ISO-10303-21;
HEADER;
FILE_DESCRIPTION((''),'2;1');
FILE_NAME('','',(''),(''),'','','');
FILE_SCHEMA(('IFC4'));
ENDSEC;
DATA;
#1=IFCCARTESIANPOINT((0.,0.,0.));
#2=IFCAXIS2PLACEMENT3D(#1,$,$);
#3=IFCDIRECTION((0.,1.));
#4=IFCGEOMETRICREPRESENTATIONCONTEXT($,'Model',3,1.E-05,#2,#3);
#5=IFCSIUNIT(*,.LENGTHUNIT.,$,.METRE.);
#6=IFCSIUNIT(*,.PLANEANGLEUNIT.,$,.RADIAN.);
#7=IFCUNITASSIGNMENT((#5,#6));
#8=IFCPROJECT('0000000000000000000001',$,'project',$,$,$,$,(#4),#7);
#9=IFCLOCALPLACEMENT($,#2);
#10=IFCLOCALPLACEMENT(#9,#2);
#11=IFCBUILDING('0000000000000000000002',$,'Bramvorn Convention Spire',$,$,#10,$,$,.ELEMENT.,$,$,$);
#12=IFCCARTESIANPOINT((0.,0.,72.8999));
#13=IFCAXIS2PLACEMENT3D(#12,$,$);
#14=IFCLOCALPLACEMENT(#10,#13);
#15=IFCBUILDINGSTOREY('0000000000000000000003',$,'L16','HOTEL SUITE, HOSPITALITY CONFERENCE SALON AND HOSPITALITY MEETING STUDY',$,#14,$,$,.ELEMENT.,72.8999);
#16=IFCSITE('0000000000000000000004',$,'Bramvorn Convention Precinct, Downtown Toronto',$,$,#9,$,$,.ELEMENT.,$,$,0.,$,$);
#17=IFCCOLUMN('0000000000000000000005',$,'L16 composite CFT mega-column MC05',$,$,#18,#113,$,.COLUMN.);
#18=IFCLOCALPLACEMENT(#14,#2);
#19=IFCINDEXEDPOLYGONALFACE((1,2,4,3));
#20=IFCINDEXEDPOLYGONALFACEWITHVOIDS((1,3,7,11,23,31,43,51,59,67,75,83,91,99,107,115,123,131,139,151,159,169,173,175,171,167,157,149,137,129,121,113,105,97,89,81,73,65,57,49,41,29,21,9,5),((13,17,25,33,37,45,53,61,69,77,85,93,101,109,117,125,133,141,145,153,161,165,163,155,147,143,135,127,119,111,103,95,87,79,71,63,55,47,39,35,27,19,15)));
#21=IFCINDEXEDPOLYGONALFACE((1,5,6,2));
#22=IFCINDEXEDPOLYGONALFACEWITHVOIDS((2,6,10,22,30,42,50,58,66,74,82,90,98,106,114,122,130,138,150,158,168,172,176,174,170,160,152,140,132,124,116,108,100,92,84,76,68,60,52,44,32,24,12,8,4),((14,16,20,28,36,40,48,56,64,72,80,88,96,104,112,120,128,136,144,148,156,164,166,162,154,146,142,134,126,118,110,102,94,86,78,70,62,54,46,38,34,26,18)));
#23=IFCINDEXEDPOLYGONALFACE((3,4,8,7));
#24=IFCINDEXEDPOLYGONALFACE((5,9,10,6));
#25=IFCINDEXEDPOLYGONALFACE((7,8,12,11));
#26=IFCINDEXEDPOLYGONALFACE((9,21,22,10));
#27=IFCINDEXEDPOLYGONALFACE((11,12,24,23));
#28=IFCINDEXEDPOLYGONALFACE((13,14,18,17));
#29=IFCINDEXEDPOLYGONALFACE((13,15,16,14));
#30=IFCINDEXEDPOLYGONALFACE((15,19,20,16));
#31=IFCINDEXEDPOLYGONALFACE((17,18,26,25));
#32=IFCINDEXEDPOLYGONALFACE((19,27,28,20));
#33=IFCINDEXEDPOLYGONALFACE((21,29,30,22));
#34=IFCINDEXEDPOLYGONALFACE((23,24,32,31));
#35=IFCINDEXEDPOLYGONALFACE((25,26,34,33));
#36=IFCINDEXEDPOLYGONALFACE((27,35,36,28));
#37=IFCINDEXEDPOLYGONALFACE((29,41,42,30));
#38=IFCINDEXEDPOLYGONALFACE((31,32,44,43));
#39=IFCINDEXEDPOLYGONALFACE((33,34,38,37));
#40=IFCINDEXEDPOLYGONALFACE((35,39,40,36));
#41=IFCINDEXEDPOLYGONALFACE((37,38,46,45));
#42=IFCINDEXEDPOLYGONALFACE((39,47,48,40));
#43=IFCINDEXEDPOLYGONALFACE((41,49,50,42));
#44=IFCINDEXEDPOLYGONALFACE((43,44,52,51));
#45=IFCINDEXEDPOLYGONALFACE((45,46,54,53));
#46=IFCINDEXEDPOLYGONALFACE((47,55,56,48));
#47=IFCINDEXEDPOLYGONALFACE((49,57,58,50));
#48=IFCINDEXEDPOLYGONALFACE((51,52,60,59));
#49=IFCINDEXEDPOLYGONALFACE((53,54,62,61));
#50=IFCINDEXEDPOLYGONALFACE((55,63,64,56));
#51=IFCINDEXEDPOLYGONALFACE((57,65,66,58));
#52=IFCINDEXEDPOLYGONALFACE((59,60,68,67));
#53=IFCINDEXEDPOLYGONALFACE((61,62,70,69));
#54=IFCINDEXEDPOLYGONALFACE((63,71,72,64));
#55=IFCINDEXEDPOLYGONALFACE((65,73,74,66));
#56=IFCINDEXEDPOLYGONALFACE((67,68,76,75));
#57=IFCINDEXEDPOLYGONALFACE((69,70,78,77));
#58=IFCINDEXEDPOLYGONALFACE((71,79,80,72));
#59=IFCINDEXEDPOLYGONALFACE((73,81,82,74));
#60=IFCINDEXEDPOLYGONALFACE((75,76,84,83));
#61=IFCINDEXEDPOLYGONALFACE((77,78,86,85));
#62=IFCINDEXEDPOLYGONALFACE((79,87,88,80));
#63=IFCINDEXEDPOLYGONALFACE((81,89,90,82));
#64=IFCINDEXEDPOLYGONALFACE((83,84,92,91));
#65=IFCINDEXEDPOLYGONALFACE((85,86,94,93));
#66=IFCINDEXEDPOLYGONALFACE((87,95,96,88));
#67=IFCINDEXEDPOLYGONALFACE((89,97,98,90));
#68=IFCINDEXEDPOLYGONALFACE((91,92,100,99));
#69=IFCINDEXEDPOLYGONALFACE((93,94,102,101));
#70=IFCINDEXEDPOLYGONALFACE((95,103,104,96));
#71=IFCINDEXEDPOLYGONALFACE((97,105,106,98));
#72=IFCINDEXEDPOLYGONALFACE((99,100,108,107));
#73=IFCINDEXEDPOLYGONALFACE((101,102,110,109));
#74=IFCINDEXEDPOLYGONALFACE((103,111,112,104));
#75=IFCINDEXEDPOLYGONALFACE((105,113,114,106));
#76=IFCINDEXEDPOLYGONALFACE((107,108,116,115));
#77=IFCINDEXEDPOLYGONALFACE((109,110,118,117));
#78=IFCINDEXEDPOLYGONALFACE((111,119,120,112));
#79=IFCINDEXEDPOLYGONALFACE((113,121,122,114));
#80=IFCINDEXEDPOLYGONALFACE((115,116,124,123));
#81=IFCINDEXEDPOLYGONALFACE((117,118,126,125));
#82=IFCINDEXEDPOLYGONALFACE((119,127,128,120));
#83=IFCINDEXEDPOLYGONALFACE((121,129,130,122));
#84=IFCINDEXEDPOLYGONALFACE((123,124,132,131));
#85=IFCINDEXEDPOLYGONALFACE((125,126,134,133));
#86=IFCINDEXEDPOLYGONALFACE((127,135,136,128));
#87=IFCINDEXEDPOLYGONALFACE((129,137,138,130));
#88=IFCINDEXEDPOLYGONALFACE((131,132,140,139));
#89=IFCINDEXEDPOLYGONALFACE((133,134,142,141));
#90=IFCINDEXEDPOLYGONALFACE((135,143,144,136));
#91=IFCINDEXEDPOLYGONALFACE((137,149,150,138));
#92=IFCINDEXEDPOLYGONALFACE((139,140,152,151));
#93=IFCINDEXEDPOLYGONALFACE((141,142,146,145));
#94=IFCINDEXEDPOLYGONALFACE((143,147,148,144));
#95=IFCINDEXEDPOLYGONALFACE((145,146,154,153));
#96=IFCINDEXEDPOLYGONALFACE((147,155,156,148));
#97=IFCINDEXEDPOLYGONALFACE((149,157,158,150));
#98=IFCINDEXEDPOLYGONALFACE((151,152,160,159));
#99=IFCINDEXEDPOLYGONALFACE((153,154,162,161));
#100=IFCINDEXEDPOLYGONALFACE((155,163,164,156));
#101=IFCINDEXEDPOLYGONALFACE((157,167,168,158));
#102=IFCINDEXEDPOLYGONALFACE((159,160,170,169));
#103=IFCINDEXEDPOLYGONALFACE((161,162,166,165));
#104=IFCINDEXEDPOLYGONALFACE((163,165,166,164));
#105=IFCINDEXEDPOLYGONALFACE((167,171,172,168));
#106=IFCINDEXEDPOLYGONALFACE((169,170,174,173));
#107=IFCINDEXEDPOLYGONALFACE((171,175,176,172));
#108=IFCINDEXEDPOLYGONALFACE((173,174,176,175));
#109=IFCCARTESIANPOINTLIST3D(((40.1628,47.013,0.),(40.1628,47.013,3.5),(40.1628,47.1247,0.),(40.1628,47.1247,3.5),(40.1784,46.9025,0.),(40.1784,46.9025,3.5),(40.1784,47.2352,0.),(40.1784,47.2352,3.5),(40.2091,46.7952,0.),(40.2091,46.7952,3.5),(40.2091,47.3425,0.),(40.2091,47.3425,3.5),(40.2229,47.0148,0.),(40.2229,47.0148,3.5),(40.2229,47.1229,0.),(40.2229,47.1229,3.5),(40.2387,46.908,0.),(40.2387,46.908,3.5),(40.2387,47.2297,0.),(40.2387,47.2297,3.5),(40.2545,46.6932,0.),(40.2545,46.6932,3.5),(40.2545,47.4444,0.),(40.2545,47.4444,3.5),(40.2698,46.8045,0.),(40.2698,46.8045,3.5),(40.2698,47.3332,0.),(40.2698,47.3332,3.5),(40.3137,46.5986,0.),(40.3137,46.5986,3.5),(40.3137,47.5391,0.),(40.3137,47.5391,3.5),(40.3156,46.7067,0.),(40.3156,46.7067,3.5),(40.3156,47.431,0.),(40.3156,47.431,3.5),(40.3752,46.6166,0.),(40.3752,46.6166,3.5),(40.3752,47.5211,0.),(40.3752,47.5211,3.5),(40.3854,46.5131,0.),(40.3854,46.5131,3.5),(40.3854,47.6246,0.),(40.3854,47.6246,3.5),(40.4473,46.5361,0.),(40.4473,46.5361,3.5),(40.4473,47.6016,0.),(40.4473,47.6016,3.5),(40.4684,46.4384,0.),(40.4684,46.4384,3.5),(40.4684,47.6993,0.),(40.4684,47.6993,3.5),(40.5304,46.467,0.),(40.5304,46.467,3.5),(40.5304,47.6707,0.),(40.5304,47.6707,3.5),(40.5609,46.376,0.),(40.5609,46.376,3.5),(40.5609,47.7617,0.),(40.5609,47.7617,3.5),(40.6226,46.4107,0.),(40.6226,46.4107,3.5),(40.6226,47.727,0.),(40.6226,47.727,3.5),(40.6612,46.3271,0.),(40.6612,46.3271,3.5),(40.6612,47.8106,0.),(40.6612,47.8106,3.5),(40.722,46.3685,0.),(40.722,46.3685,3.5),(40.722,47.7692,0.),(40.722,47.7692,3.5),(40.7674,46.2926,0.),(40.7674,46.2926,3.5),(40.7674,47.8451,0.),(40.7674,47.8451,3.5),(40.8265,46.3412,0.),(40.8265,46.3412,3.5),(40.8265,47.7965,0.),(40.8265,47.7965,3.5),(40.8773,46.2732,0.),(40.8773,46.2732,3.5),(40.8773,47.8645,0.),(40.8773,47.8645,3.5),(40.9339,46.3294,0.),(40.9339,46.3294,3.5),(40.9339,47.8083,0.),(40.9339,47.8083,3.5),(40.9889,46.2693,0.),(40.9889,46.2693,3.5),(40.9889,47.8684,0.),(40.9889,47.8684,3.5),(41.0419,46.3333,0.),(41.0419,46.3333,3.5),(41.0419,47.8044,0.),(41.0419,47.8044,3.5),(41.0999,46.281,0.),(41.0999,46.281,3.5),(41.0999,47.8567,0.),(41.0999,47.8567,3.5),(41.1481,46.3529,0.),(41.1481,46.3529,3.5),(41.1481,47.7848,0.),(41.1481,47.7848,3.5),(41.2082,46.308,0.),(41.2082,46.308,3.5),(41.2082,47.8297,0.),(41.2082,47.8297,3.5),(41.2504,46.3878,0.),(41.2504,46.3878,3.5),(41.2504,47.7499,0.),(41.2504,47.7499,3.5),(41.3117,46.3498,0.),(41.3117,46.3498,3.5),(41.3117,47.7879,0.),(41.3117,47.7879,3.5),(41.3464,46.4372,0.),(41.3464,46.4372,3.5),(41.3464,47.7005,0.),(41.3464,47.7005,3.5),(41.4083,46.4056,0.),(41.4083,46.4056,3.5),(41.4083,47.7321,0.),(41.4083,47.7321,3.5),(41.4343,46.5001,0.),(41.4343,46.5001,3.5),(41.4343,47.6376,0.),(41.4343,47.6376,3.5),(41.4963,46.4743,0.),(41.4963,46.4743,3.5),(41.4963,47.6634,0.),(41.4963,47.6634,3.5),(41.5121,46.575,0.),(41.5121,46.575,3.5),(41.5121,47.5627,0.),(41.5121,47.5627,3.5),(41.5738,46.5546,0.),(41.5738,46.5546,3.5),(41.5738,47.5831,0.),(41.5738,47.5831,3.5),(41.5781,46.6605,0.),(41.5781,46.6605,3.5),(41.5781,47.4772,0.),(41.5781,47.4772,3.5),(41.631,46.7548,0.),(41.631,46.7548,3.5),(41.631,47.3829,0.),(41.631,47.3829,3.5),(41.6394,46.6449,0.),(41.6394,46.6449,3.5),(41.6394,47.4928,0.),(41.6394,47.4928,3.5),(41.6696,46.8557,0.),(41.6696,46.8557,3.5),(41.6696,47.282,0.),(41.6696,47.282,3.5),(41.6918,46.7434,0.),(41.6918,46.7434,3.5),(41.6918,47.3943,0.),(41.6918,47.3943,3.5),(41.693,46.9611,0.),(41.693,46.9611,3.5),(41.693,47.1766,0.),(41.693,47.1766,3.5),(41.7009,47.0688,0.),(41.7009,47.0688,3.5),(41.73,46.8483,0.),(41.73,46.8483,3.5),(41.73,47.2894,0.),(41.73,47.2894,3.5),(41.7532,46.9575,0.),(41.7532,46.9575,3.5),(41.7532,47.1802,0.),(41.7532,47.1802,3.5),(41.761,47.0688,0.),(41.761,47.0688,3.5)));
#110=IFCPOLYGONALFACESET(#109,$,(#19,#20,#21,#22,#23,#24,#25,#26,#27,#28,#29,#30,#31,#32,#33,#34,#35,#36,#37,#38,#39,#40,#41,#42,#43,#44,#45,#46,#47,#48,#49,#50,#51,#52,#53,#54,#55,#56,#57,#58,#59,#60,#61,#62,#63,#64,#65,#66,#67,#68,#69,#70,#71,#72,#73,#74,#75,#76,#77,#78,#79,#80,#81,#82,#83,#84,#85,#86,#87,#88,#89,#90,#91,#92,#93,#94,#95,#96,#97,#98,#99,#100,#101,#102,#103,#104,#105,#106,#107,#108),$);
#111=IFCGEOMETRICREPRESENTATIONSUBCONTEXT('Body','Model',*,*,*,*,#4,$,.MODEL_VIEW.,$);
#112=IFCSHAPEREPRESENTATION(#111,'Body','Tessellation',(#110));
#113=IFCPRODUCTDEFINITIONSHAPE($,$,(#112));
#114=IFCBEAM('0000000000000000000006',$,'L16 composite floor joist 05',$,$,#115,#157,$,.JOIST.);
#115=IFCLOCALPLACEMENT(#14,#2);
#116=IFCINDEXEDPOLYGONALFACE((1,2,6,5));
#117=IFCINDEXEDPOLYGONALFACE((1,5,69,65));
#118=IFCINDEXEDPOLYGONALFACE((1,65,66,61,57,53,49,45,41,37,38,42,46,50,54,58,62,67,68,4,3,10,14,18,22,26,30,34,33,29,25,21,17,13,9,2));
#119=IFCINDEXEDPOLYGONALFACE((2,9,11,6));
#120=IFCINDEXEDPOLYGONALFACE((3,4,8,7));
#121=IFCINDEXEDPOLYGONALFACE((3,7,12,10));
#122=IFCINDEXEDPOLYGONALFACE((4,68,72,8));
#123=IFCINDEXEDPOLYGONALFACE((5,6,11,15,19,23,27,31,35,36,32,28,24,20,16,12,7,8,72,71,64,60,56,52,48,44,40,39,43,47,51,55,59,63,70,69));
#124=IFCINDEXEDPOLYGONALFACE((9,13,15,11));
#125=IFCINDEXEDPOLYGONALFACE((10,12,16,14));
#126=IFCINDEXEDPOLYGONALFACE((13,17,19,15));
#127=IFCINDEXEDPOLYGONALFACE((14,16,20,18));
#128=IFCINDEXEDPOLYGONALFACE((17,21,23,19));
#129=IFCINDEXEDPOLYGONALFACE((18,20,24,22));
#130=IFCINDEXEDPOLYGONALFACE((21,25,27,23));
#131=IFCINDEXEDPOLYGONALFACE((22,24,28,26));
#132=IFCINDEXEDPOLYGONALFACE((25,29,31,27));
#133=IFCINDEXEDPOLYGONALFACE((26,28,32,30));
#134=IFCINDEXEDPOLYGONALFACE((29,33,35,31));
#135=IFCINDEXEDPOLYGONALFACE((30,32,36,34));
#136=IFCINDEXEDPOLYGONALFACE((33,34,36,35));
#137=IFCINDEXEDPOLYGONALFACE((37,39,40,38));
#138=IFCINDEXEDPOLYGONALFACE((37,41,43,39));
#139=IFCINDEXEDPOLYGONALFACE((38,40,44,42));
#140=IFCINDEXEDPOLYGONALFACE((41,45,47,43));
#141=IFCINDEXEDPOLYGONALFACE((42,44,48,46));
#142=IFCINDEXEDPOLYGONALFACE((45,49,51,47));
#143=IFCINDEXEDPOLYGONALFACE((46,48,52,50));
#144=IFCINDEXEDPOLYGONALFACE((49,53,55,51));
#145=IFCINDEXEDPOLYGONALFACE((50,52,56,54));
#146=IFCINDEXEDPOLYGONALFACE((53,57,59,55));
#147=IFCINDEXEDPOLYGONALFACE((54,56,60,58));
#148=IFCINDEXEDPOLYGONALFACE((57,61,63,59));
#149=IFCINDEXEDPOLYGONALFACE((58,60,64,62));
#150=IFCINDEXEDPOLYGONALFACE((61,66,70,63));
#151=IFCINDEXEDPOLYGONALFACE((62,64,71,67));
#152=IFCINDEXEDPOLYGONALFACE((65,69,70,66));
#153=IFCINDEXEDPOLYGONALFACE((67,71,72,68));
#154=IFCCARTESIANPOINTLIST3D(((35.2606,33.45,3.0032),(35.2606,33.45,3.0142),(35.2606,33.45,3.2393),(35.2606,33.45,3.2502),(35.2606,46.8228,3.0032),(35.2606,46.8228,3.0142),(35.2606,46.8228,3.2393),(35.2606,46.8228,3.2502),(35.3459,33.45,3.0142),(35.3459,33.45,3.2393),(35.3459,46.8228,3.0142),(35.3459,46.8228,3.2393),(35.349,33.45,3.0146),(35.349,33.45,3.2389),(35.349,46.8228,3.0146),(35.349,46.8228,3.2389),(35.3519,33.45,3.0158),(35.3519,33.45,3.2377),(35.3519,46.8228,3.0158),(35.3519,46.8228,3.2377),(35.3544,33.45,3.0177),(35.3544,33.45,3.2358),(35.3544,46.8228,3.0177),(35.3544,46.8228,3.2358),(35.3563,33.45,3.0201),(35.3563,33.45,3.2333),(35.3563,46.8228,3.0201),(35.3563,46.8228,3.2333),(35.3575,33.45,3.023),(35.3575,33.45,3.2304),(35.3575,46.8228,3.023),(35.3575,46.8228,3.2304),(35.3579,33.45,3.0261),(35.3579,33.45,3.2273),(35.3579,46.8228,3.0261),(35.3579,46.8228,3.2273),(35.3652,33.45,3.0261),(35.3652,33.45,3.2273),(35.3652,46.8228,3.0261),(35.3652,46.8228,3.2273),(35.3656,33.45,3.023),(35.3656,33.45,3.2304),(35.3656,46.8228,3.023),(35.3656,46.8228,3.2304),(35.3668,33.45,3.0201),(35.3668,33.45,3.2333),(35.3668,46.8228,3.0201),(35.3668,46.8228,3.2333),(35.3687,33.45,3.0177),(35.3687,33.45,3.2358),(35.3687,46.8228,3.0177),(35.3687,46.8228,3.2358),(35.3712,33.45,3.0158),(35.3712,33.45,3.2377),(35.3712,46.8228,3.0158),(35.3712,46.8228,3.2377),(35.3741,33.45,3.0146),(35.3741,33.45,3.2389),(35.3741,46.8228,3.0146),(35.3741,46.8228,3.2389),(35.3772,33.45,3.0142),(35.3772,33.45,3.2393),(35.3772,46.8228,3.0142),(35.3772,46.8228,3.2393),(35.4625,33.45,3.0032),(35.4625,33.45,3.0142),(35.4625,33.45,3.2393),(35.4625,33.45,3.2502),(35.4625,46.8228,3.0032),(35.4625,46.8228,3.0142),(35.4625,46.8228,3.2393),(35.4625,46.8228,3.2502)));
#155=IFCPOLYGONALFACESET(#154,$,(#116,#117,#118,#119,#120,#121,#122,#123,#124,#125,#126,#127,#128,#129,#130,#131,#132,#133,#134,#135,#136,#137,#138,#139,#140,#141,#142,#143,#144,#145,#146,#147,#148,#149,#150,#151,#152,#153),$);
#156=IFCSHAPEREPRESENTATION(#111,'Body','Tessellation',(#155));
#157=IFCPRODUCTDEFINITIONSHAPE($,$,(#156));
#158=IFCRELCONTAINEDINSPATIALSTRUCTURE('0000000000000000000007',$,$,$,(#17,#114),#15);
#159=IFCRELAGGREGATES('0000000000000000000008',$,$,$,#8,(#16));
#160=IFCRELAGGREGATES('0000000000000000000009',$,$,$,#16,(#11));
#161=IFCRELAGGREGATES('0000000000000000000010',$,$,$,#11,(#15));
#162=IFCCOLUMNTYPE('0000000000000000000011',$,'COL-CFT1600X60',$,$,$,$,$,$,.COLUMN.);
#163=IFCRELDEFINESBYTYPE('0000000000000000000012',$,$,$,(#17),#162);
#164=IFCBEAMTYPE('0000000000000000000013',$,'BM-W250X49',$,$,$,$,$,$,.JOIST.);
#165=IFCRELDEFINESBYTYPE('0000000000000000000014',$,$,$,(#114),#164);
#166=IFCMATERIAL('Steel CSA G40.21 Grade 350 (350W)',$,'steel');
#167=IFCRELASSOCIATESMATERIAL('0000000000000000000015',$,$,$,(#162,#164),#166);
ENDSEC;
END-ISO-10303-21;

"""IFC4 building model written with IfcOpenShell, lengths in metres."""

from ifc_helpers import new_model, si_unit, direction, frame, origin, origin_2d, place, context, subcontext, project, spatial, hollow_circle, i_section, extrude, material, material_profile, profile_set, type_object, element, save


model = new_model("IFC4")

# Units and contexts
model_context = context("Model", 3, precision=1e-05, world=origin(), true_north=direction((0.0, 1.0)))
body_context = subcontext(model_context, "Body", "Model", "MODEL_VIEW")
ifc_project = project(units=[si_unit("LENGTHUNIT", "METRE"), si_unit("PLANEANGLEUNIT", "RADIAN")], contexts=[model_context])

# Site, building, storey
site_placement = place(None, origin())
site = spatial("IfcSite", under=ifc_project, at=site_placement, Name="Bramvorn Convention Precinct, Downtown Toronto", CompositionType="ELEMENT", RefElevation=0.0)
building_placement = place(site_placement, origin())
building = spatial("IfcBuilding", under=site, at=building_placement, Name="Bramvorn Convention Spire", CompositionType="ELEMENT")
storey_placement = place(building_placement, frame((0.0, 0.0, 72.8999)))
storey = spatial("IfcBuildingStorey", under=building, at=storey_placement, Name="L16", Description="HOTEL SUITE, HOSPITALITY CONFERENCE SALON AND HOSPITALITY MEETING STUDY", CompositionType="ELEMENT", Elevation=72.8999)

# Column
ifc_material_1 = material(Name="Steel CSA G40.21 Grade 350 (350W)", Category="steel")
ifc_material_profile_1 = material_profile(ifc_material_1, hollow_circle(Radius=0.8, WallThickness=0.0601, at=origin_2d()))
ifc_profile_set_1 = profile_set([ifc_material_profile_1], Name="Steel CSA G40.21 Grade 350 (350W) - CFT1600X60")
column_type = type_object("IfcColumnType", Name="COL-CFT1600X60", PredefinedType="COLUMN", material=ifc_profile_set_1)
column_placement = place(storey_placement, frame((40.9609, 47.0688, 0.0), z_axis=(0.0, 0.0, 1.0), x_axis=(1.0, 0.0, 0.0)))
element("IfcColumn", 1, at=column_placement, inside=storey, type_object=column_type, Name="L16 composite CFT mega-column MC05", PredefinedType="COLUMN", context=body_context, shape_type="SweptSolid", body=[
    extrude(hollow_circle(Radius=0.8, WallThickness=0.0601, at=origin_2d()), origin(), (0.0, 0.0, 1.0), 3.5),
])

# Beam
ifc_material_profile_2 = material_profile(ifc_material_1, i_section(OverallWidth=0.2019, OverallDepth=0.2471, WebThickness=0.0073, FlangeThickness=0.011, FilletRadius=0.012, at=origin_2d()))
ifc_profile_set_2 = profile_set([ifc_material_profile_2], Name="Steel CSA G40.21 Grade 350 (350W) - W250X49")
beam_type_1 = type_object("IfcBeamType", Name="BM-W250X49", PredefinedType="JOIST", material=ifc_profile_set_2)
beam_1_placement = place(storey_placement, frame((35.3616, 33.45, 3.1267), z_axis=(0.0, 1.0, 0.0), x_axis=(-1.0, 0.0, 0.0)))
element("IfcBeam", 2, at=beam_1_placement, inside=storey, type_object=beam_type_1, Name="L16 composite floor joist 05", PredefinedType="JOIST", context=body_context, shape_type="SweptSolid", body=[
    extrude(i_section(OverallWidth=0.2019, OverallDepth=0.2471, WebThickness=0.0073, FlangeThickness=0.011, FilletRadius=0.012, at=origin_2d()), origin(), (0.0, 0.0, 1.0), 13.3728),
])

save(model, "model.ifc")
